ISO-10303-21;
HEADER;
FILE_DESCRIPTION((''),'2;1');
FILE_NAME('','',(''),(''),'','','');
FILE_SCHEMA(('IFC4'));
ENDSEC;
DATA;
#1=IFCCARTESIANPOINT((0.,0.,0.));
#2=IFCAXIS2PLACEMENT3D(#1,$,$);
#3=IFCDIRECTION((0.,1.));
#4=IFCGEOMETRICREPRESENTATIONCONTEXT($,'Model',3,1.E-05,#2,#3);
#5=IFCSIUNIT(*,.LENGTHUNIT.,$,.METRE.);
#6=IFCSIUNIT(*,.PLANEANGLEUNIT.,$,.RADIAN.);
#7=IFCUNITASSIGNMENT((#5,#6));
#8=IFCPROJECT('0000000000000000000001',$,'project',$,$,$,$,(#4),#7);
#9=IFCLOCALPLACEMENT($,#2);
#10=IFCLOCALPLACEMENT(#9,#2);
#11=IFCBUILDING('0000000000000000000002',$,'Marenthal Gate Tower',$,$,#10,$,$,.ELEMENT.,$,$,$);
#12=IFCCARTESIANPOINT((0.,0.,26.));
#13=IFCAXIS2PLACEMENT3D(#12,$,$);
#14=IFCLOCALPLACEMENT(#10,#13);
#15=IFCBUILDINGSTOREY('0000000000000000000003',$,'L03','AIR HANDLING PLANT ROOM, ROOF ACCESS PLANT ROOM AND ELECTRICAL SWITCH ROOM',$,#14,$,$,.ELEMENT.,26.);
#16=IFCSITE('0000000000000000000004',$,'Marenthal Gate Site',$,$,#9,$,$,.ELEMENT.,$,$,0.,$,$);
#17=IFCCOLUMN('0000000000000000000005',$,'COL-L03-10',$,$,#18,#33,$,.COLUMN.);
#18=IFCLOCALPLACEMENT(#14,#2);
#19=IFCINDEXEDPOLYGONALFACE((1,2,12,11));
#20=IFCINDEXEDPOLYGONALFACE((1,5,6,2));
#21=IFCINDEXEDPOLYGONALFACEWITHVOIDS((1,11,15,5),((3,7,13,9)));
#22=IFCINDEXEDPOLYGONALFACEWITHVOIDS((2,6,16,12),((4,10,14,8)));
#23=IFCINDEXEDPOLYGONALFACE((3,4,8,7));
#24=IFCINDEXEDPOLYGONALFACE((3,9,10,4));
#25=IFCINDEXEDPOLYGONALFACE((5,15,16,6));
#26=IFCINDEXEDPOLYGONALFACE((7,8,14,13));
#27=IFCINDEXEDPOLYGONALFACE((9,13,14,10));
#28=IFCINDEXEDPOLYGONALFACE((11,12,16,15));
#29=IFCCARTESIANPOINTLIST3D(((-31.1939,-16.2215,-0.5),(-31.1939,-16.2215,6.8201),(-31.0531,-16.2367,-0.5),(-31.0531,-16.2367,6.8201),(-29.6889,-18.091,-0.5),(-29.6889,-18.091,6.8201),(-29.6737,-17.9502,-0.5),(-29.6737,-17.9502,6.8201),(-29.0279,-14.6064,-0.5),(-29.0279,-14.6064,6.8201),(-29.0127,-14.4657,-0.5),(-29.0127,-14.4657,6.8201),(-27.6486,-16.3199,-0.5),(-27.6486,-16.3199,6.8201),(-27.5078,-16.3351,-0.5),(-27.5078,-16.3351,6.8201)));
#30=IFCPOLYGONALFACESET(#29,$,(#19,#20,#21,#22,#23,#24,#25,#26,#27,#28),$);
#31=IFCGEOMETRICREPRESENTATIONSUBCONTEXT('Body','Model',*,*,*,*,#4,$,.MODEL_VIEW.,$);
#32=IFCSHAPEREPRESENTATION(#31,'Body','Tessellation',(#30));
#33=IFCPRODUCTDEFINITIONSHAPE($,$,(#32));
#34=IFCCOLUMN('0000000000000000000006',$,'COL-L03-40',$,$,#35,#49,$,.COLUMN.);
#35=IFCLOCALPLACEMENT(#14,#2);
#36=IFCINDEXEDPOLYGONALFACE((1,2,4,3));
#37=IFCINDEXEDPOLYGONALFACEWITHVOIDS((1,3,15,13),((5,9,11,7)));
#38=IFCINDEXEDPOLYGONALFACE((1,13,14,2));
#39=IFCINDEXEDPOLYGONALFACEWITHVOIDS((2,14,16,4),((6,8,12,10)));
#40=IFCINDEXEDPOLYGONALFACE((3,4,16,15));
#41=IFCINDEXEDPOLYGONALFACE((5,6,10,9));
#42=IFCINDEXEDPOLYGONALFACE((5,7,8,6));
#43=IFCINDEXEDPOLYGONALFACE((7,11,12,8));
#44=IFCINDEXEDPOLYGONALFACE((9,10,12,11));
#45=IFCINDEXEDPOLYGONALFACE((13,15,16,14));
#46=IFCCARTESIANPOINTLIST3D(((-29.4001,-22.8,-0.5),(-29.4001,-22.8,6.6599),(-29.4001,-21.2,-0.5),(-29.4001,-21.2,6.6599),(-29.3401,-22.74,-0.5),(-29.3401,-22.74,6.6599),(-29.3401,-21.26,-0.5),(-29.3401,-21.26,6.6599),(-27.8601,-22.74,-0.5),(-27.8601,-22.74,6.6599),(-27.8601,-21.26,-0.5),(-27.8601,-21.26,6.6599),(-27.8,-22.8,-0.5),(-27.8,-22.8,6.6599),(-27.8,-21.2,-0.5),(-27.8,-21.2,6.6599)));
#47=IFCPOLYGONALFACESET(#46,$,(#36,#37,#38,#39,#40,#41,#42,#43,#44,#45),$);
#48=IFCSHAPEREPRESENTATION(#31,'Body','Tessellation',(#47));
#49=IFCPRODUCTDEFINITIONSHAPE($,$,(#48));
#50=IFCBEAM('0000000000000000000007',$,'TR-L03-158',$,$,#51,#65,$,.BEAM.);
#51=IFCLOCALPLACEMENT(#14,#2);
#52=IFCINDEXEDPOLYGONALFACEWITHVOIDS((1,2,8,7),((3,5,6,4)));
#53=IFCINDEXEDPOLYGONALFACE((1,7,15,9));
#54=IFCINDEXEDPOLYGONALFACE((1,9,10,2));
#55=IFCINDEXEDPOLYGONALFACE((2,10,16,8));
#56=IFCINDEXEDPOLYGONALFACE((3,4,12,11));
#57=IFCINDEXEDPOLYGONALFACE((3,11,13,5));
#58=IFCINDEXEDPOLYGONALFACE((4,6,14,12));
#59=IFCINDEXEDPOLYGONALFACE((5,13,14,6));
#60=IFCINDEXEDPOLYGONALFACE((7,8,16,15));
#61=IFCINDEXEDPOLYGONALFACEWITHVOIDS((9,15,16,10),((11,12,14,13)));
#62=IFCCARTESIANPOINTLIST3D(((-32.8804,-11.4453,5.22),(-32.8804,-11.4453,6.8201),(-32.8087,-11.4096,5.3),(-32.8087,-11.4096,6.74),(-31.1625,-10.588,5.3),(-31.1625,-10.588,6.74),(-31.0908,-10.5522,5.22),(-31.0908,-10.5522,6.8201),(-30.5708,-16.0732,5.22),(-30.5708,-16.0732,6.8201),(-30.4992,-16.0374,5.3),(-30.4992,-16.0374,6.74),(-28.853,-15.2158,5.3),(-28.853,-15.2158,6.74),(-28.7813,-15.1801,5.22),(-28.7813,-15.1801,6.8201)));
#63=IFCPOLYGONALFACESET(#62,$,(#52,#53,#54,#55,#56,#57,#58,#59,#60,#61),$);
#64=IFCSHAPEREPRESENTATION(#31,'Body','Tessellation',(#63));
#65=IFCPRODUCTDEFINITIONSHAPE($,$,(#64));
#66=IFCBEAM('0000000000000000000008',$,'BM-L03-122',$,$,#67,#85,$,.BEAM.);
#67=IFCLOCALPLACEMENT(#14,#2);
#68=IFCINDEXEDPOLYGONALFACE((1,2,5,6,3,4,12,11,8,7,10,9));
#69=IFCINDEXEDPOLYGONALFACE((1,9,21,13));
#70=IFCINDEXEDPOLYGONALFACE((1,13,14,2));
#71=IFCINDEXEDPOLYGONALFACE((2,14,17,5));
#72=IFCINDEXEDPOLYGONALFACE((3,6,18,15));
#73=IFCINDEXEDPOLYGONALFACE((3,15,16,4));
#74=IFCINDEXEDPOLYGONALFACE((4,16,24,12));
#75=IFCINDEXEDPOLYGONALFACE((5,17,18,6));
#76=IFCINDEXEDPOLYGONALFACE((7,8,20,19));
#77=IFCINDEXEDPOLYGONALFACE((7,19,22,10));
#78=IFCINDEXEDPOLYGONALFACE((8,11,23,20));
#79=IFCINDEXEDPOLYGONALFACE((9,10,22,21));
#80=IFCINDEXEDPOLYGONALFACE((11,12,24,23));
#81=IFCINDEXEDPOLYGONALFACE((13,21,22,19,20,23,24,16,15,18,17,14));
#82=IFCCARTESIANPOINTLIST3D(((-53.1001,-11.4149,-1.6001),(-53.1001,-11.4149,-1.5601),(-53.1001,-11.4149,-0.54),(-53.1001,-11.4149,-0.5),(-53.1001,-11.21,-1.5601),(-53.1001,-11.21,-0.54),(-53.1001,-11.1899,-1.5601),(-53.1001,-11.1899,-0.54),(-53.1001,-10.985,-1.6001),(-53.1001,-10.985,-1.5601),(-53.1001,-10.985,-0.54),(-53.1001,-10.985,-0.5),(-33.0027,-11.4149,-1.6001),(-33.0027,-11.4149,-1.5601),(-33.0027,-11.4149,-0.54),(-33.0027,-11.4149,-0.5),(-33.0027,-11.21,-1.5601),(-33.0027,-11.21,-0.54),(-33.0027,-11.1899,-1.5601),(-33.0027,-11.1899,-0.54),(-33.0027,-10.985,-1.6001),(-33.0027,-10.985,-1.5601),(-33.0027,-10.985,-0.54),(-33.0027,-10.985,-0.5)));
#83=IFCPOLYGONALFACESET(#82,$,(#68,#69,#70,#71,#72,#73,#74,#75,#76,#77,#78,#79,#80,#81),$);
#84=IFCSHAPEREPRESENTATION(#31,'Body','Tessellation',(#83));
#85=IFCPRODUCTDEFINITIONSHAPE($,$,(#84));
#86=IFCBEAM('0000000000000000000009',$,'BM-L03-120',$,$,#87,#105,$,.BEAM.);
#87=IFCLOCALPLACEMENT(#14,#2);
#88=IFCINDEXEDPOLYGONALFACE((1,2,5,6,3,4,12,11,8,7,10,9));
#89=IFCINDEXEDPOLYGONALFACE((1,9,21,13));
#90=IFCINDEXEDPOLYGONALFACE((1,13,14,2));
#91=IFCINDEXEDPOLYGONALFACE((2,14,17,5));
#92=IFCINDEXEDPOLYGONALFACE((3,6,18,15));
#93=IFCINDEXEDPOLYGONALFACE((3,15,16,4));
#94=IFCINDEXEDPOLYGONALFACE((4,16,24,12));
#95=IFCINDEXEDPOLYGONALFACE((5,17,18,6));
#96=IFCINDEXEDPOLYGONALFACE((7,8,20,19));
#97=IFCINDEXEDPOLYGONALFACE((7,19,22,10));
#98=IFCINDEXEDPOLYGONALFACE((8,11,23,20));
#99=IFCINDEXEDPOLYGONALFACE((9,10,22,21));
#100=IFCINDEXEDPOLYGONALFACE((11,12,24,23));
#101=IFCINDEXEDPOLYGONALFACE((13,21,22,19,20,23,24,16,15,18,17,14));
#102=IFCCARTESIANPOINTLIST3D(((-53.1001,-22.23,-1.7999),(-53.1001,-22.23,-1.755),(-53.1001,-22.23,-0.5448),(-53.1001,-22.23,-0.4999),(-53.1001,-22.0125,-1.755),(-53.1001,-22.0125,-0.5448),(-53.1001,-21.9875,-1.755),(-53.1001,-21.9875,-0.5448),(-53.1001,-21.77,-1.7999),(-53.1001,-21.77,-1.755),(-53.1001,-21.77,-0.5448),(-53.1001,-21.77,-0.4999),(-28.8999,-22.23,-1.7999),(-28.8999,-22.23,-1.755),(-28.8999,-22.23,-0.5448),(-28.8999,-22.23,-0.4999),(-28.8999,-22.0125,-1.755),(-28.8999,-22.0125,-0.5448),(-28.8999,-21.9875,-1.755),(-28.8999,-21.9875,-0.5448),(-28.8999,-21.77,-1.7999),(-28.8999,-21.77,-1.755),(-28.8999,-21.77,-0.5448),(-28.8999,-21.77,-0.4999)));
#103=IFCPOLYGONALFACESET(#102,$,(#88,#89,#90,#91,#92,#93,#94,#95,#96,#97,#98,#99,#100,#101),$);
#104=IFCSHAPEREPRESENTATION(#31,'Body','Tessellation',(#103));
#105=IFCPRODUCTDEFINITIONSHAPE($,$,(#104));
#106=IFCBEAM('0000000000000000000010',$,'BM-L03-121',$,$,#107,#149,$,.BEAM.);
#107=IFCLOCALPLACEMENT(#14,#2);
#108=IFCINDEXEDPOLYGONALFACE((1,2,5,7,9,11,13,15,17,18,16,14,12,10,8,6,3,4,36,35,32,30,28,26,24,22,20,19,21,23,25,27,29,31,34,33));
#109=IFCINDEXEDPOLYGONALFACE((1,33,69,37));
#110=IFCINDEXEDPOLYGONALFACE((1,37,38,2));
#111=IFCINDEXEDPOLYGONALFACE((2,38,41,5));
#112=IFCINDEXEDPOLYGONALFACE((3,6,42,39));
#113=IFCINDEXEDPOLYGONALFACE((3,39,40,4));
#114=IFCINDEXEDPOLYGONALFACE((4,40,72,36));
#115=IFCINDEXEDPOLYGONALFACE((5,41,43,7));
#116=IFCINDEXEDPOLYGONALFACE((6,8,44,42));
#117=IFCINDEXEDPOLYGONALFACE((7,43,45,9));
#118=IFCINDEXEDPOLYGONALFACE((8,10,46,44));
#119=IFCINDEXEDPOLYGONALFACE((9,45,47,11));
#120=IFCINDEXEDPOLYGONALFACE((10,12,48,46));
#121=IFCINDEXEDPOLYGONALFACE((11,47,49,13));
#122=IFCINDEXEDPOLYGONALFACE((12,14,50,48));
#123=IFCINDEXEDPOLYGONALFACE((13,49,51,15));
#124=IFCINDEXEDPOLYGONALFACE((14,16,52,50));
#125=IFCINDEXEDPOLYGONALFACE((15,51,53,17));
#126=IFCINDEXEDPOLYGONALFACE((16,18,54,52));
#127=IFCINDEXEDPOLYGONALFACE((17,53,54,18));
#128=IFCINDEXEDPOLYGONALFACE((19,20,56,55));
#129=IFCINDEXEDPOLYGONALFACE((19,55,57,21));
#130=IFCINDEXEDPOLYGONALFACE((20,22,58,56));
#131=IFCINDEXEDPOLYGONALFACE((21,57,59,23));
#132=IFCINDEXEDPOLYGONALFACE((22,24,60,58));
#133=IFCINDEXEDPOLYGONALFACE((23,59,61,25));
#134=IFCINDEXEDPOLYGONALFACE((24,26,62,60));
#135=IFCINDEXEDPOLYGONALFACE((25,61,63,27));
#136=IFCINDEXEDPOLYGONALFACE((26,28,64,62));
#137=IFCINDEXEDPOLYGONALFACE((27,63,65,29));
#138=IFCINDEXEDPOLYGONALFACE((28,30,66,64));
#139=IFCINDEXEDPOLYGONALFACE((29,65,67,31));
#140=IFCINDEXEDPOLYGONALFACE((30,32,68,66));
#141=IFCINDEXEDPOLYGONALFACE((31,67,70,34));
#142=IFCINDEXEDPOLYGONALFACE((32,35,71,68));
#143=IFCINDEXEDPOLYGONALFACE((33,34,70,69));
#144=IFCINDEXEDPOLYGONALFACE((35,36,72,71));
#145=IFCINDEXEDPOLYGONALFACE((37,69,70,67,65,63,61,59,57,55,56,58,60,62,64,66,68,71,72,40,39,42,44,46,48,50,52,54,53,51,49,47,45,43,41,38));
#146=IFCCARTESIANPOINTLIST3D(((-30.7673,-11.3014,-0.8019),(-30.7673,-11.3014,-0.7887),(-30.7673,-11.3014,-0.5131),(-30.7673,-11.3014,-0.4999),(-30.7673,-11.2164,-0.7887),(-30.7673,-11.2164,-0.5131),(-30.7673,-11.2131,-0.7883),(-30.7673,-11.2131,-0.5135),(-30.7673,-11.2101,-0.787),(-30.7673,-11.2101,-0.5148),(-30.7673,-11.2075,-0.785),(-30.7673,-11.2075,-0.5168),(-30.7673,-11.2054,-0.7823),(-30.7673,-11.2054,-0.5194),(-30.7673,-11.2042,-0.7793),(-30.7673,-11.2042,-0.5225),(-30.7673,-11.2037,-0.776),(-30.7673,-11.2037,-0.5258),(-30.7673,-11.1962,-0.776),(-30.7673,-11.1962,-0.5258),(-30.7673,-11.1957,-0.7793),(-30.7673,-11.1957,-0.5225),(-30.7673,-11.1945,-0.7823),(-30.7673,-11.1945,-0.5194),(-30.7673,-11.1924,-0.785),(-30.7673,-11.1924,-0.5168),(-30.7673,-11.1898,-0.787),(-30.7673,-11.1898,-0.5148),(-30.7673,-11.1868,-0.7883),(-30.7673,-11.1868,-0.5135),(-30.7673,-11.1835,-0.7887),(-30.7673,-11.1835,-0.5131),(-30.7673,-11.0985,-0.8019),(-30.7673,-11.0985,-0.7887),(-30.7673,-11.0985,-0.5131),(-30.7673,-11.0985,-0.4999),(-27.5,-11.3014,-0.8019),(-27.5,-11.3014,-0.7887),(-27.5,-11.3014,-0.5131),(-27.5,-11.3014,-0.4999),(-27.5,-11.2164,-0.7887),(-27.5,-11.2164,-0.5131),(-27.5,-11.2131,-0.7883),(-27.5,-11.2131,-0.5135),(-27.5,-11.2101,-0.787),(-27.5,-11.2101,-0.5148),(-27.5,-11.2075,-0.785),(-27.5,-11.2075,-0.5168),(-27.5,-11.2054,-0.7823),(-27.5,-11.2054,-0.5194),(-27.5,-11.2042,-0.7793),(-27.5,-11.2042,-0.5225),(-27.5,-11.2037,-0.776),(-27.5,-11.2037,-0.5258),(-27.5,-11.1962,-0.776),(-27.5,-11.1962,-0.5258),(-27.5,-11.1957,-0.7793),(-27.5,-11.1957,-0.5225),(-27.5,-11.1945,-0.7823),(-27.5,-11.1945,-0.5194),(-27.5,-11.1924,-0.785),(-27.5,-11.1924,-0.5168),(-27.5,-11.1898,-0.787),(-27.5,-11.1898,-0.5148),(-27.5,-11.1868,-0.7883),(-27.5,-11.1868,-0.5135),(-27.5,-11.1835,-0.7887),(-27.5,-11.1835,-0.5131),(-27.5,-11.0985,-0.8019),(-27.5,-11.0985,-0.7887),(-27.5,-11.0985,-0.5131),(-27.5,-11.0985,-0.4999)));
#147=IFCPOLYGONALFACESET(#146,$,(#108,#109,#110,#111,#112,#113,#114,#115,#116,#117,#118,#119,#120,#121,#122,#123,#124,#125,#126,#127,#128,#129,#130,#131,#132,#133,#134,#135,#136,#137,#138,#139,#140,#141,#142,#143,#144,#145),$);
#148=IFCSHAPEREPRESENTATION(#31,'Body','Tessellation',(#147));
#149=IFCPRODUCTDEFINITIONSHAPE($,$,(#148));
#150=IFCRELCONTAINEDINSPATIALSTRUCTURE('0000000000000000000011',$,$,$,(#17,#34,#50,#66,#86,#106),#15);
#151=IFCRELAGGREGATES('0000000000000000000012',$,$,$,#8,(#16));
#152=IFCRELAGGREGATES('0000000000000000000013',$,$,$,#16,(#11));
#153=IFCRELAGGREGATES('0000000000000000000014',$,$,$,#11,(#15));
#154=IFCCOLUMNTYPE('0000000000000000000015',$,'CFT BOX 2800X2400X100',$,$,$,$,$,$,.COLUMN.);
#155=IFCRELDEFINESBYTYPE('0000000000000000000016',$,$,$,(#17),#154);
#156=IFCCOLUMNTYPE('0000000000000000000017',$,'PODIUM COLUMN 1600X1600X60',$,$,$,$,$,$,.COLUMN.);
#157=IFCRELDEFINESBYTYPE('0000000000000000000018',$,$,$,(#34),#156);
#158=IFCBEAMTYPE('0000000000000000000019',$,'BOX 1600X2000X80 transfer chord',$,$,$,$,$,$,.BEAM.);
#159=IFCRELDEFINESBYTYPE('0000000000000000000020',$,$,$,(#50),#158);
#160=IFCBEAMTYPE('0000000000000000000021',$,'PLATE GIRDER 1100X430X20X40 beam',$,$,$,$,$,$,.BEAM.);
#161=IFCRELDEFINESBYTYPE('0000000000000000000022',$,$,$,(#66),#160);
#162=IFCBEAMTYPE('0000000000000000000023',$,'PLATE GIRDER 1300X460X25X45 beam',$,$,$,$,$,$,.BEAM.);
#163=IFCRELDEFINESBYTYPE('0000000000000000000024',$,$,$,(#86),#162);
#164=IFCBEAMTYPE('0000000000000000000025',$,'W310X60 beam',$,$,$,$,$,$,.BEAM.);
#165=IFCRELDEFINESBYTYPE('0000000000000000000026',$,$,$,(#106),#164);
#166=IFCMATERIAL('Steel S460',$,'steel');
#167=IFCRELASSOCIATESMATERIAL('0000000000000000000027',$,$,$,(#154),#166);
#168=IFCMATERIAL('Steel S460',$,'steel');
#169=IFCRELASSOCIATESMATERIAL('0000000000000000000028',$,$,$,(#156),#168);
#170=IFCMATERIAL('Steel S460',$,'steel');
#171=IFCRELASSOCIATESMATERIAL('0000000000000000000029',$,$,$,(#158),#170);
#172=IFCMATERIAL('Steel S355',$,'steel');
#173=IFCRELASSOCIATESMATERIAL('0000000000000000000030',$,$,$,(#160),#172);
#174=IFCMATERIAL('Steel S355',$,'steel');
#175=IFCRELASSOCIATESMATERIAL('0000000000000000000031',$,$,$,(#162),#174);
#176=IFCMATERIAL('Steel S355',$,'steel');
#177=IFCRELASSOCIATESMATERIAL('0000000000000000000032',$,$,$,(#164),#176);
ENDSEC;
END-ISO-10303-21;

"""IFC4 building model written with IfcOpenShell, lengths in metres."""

from ifc_helpers import new_model, si_unit, direction, frame, origin, origin_2d, place, context, subcontext, project, spatial, rectangle, hollow_rectangle, i_section, extrude, material, material_profile, profile_set, type_object, element, save


model = new_model("IFC4")

# Units and contexts
model_context = context("Model", 3, precision=1e-05, world=origin(), true_north=direction((0.0, 1.0)))
body_context = subcontext(model_context, "Body", "Model", "MODEL_VIEW")
ifc_project = project(units=[si_unit("LENGTHUNIT", "METRE"), si_unit("PLANEANGLEUNIT", "RADIAN")], contexts=[model_context])

# Site, building, storey
site_placement = place(None, origin())
site = spatial("IfcSite", under=ifc_project, at=site_placement, Name="Marenthal Gate Site", CompositionType="ELEMENT", RefElevation=0.0)
building_placement = place(site_placement, origin())
building = spatial("IfcBuilding", under=site, at=building_placement, Name="Marenthal Gate Tower", CompositionType="ELEMENT")
storey_placement = place(building_placement, frame((0.0, 0.0, 26.0)))
storey = spatial("IfcBuildingStorey", under=building, at=storey_placement, Name="L03", Description="AIR HANDLING PLANT ROOM, ROOF ACCESS PLANT ROOM AND ELECTRICAL SWITCH ROOM", CompositionType="ELEMENT", Elevation=26.0)

# Columns
ifc_material_1 = material(Name="Steel S460", Category="steel")
ifc_material_profile_1 = material_profile(ifc_material_1, hollow_rectangle(XDim=2.3999, YDim=2.8, WallThickness=0.1001, at=origin_2d()), Name="CFT BOX 2800X2400X100")
ifc_material_2 = material(Name="Concrete 70 MPa", Category="concrete")
ifc_material_profile_2 = material_profile(ifc_material_2, rectangle(XDim=2.2, YDim=2.6001, at=origin_2d()), Name="CFT BOX 2800X2400X100 INFILL")
ifc_profile_set_1 = profile_set([ifc_material_profile_1, ifc_material_profile_2], Name="Steel S460 shell, Concrete 70 MPa infill")
column_type_1 = type_object("IfcColumnType", Name="CFT BOX 2800X2400X100", PredefinedType="COLUMN", material=ifc_profile_set_1)
column_1_placement = place(storey_placement, frame((-29.3508, -16.2783, -0.5), z_axis=(0.0, 0.0, 1.0), x_axis=(-0.62707, 0.778963, 0.0)))
element("IfcColumn", 1, at=column_1_placement, inside=storey, type_object=column_type_1, Name="COL-L03-10", PredefinedType="COLUMN", context=body_context, shape_type="SweptSolid", body=[
    extrude(hollow_rectangle(XDim=2.3999, YDim=2.8, WallThickness=0.1001, at=origin_2d()), origin(), (0.0, 0.0, 1.0), 7.3201),
])
ifc_material_3 = material(Name="Steel S460", Category="steel")
ifc_material_profile_3 = material_profile(ifc_material_3, hollow_rectangle(XDim=1.6001, YDim=1.6001, WallThickness=0.0601, at=origin_2d()), Name="CFT BOX 1600X1600X60")
ifc_material_4 = material(Name="Concrete 70 MPa", Category="concrete")
ifc_material_profile_4 = material_profile(ifc_material_4, rectangle(XDim=1.48, YDim=1.48, at=origin_2d()), Name="CFT BOX 1600X1600X60 INFILL")
ifc_profile_set_2 = profile_set([ifc_material_profile_3, ifc_material_profile_4], Name="Steel S460 shell, Concrete 70 MPa infill")
column_type_2 = type_object("IfcColumnType", Name="PODIUM COLUMN 1600X1600X60", PredefinedType="COLUMN", material=ifc_profile_set_2)
column_2_placement = place(storey_placement, frame((-28.6001, -22.0, -0.5), z_axis=(0.0, 0.0, 1.0), x_axis=(1.0, 0.0, 0.0)))
element("IfcColumn", 2, at=column_2_placement, inside=storey, type_object=column_type_2, Name="COL-L03-40", PredefinedType="COLUMN", context=body_context, shape_type="SweptSolid", body=[
    extrude(hollow_rectangle(XDim=1.6001, YDim=1.6001, WallThickness=0.0601, at=origin_2d()), origin(), (0.0, 0.0, 1.0), 7.1599),
])

# Beams
ifc_material_5 = material(Name="Steel S460", Category="steel")
ifc_material_profile_5 = material_profile(ifc_material_5, hollow_rectangle(XDim=2.0, YDim=1.6001, WallThickness=0.0801, at=origin_2d()), Name="BOX 1600X2000X80")
ifc_profile_set_3 = profile_set([ifc_material_profile_5], Name="Steel S460")
beam_type_1 = type_object("IfcBeamType", Name="BOX 1600X2000X80 transfer chord", PredefinedType="BEAM", material=ifc_profile_set_3)
beam_1_placement = place(storey_placement, frame((-31.9856, -10.9988, 6.02), z_axis=(0.446534, -0.894767, 0.0), x_axis=(0.894767, 0.446534, 0.0)))
element("IfcBeam", 3, at=beam_1_placement, inside=storey, type_object=beam_type_1, Name="TR-L03-158", PredefinedType="BEAM", context=body_context, shape_type="SweptSolid", body=[
    extrude(hollow_rectangle(XDim=2.0, YDim=1.6001, WallThickness=0.0801, at=origin_2d()), origin(), (0.0, 0.0, 1.0), 5.1721),
])
ifc_material_6 = material(Name="Steel S355", Category="steel")
ifc_material_profile_6 = material_profile(ifc_material_6, i_section(OverallWidth=0.4299, OverallDepth=1.1001, WebThickness=0.02, FlangeThickness=0.04, at=origin_2d()), Name="PLATE GIRDER 1100X430X20X40")
ifc_profile_set_4 = profile_set([ifc_material_profile_6], Name="Steel S355")
beam_type_2 = type_object("IfcBeamType", Name="PLATE GIRDER 1100X430X20X40 beam", PredefinedType="BEAM", material=ifc_profile_set_4)
beam_2_placement = place(storey_placement, frame((-33.0027, -11.2, -1.05), z_axis=(-1.0, 0.0, 0.0), x_axis=(0.0, -1.0, 0.0)))
element("IfcBeam", 4, at=beam_2_placement, inside=storey, type_object=beam_type_2, Name="BM-L03-122", PredefinedType="BEAM", context=body_context, shape_type="SweptSolid", body=[
    extrude(i_section(OverallWidth=0.4299, OverallDepth=1.1001, WebThickness=0.02, FlangeThickness=0.04, at=origin_2d()), origin(), (0.0, 0.0, 1.0), 20.0974),
])
ifc_material_7 = material(Name="Steel S355", Category="steel")
ifc_material_profile_7 = material_profile(ifc_material_7, i_section(OverallWidth=0.46, OverallDepth=1.3, WebThickness=0.0249, FlangeThickness=0.0449, at=origin_2d()), Name="PLATE GIRDER 1300X460X25X45")
ifc_profile_set_5 = profile_set([ifc_material_profile_7], Name="Steel S355")
beam_type_3 = type_object("IfcBeamType", Name="PLATE GIRDER 1300X460X25X45 beam", PredefinedType="BEAM", material=ifc_profile_set_5)
beam_3_placement = place(storey_placement, frame((-28.8999, -22.0, -1.1499), z_axis=(-1.0, 0.0, 0.0), x_axis=(0.0, -1.0, 0.0)))
element("IfcBeam", 5, at=beam_3_placement, inside=storey, type_object=beam_type_3, Name="BM-L03-120", PredefinedType="BEAM", context=body_context, shape_type="SweptSolid", body=[
    extrude(i_section(OverallWidth=0.46, OverallDepth=1.3, WebThickness=0.0249, FlangeThickness=0.0449, at=origin_2d()), origin(), (0.0, 0.0, 1.0), 24.2002),
])
ifc_material_8 = material(Name="Steel S355", Category="steel")
ifc_material_profile_8 = material_profile(ifc_material_8, i_section(OverallWidth=0.2029, OverallDepth=0.302, WebThickness=0.0076, FlangeThickness=0.0132, FilletRadius=0.0127, at=origin_2d()), Name="W310X60")
ifc_profile_set_6 = profile_set([ifc_material_profile_8], Name="Steel S355")
beam_type_4 = type_object("IfcBeamType", Name="W310X60 beam", PredefinedType="BEAM", material=ifc_profile_set_6)
beam_4_placement = place(storey_placement, frame((-27.5, -11.2, -0.6509), z_axis=(-1.0, 0.0, 0.0), x_axis=(0.0, -1.0, 0.0)))
element("IfcBeam", 6, at=beam_4_placement, inside=storey, type_object=beam_type_4, Name="BM-L03-121", PredefinedType="BEAM", context=body_context, shape_type="SweptSolid", body=[
    extrude(i_section(OverallWidth=0.2029, OverallDepth=0.302, WebThickness=0.0076, FlangeThickness=0.0132, FilletRadius=0.0127, at=origin_2d()), origin(), (0.0, 0.0, 1.0), 3.2673),
])

save(model, "model.ifc")
